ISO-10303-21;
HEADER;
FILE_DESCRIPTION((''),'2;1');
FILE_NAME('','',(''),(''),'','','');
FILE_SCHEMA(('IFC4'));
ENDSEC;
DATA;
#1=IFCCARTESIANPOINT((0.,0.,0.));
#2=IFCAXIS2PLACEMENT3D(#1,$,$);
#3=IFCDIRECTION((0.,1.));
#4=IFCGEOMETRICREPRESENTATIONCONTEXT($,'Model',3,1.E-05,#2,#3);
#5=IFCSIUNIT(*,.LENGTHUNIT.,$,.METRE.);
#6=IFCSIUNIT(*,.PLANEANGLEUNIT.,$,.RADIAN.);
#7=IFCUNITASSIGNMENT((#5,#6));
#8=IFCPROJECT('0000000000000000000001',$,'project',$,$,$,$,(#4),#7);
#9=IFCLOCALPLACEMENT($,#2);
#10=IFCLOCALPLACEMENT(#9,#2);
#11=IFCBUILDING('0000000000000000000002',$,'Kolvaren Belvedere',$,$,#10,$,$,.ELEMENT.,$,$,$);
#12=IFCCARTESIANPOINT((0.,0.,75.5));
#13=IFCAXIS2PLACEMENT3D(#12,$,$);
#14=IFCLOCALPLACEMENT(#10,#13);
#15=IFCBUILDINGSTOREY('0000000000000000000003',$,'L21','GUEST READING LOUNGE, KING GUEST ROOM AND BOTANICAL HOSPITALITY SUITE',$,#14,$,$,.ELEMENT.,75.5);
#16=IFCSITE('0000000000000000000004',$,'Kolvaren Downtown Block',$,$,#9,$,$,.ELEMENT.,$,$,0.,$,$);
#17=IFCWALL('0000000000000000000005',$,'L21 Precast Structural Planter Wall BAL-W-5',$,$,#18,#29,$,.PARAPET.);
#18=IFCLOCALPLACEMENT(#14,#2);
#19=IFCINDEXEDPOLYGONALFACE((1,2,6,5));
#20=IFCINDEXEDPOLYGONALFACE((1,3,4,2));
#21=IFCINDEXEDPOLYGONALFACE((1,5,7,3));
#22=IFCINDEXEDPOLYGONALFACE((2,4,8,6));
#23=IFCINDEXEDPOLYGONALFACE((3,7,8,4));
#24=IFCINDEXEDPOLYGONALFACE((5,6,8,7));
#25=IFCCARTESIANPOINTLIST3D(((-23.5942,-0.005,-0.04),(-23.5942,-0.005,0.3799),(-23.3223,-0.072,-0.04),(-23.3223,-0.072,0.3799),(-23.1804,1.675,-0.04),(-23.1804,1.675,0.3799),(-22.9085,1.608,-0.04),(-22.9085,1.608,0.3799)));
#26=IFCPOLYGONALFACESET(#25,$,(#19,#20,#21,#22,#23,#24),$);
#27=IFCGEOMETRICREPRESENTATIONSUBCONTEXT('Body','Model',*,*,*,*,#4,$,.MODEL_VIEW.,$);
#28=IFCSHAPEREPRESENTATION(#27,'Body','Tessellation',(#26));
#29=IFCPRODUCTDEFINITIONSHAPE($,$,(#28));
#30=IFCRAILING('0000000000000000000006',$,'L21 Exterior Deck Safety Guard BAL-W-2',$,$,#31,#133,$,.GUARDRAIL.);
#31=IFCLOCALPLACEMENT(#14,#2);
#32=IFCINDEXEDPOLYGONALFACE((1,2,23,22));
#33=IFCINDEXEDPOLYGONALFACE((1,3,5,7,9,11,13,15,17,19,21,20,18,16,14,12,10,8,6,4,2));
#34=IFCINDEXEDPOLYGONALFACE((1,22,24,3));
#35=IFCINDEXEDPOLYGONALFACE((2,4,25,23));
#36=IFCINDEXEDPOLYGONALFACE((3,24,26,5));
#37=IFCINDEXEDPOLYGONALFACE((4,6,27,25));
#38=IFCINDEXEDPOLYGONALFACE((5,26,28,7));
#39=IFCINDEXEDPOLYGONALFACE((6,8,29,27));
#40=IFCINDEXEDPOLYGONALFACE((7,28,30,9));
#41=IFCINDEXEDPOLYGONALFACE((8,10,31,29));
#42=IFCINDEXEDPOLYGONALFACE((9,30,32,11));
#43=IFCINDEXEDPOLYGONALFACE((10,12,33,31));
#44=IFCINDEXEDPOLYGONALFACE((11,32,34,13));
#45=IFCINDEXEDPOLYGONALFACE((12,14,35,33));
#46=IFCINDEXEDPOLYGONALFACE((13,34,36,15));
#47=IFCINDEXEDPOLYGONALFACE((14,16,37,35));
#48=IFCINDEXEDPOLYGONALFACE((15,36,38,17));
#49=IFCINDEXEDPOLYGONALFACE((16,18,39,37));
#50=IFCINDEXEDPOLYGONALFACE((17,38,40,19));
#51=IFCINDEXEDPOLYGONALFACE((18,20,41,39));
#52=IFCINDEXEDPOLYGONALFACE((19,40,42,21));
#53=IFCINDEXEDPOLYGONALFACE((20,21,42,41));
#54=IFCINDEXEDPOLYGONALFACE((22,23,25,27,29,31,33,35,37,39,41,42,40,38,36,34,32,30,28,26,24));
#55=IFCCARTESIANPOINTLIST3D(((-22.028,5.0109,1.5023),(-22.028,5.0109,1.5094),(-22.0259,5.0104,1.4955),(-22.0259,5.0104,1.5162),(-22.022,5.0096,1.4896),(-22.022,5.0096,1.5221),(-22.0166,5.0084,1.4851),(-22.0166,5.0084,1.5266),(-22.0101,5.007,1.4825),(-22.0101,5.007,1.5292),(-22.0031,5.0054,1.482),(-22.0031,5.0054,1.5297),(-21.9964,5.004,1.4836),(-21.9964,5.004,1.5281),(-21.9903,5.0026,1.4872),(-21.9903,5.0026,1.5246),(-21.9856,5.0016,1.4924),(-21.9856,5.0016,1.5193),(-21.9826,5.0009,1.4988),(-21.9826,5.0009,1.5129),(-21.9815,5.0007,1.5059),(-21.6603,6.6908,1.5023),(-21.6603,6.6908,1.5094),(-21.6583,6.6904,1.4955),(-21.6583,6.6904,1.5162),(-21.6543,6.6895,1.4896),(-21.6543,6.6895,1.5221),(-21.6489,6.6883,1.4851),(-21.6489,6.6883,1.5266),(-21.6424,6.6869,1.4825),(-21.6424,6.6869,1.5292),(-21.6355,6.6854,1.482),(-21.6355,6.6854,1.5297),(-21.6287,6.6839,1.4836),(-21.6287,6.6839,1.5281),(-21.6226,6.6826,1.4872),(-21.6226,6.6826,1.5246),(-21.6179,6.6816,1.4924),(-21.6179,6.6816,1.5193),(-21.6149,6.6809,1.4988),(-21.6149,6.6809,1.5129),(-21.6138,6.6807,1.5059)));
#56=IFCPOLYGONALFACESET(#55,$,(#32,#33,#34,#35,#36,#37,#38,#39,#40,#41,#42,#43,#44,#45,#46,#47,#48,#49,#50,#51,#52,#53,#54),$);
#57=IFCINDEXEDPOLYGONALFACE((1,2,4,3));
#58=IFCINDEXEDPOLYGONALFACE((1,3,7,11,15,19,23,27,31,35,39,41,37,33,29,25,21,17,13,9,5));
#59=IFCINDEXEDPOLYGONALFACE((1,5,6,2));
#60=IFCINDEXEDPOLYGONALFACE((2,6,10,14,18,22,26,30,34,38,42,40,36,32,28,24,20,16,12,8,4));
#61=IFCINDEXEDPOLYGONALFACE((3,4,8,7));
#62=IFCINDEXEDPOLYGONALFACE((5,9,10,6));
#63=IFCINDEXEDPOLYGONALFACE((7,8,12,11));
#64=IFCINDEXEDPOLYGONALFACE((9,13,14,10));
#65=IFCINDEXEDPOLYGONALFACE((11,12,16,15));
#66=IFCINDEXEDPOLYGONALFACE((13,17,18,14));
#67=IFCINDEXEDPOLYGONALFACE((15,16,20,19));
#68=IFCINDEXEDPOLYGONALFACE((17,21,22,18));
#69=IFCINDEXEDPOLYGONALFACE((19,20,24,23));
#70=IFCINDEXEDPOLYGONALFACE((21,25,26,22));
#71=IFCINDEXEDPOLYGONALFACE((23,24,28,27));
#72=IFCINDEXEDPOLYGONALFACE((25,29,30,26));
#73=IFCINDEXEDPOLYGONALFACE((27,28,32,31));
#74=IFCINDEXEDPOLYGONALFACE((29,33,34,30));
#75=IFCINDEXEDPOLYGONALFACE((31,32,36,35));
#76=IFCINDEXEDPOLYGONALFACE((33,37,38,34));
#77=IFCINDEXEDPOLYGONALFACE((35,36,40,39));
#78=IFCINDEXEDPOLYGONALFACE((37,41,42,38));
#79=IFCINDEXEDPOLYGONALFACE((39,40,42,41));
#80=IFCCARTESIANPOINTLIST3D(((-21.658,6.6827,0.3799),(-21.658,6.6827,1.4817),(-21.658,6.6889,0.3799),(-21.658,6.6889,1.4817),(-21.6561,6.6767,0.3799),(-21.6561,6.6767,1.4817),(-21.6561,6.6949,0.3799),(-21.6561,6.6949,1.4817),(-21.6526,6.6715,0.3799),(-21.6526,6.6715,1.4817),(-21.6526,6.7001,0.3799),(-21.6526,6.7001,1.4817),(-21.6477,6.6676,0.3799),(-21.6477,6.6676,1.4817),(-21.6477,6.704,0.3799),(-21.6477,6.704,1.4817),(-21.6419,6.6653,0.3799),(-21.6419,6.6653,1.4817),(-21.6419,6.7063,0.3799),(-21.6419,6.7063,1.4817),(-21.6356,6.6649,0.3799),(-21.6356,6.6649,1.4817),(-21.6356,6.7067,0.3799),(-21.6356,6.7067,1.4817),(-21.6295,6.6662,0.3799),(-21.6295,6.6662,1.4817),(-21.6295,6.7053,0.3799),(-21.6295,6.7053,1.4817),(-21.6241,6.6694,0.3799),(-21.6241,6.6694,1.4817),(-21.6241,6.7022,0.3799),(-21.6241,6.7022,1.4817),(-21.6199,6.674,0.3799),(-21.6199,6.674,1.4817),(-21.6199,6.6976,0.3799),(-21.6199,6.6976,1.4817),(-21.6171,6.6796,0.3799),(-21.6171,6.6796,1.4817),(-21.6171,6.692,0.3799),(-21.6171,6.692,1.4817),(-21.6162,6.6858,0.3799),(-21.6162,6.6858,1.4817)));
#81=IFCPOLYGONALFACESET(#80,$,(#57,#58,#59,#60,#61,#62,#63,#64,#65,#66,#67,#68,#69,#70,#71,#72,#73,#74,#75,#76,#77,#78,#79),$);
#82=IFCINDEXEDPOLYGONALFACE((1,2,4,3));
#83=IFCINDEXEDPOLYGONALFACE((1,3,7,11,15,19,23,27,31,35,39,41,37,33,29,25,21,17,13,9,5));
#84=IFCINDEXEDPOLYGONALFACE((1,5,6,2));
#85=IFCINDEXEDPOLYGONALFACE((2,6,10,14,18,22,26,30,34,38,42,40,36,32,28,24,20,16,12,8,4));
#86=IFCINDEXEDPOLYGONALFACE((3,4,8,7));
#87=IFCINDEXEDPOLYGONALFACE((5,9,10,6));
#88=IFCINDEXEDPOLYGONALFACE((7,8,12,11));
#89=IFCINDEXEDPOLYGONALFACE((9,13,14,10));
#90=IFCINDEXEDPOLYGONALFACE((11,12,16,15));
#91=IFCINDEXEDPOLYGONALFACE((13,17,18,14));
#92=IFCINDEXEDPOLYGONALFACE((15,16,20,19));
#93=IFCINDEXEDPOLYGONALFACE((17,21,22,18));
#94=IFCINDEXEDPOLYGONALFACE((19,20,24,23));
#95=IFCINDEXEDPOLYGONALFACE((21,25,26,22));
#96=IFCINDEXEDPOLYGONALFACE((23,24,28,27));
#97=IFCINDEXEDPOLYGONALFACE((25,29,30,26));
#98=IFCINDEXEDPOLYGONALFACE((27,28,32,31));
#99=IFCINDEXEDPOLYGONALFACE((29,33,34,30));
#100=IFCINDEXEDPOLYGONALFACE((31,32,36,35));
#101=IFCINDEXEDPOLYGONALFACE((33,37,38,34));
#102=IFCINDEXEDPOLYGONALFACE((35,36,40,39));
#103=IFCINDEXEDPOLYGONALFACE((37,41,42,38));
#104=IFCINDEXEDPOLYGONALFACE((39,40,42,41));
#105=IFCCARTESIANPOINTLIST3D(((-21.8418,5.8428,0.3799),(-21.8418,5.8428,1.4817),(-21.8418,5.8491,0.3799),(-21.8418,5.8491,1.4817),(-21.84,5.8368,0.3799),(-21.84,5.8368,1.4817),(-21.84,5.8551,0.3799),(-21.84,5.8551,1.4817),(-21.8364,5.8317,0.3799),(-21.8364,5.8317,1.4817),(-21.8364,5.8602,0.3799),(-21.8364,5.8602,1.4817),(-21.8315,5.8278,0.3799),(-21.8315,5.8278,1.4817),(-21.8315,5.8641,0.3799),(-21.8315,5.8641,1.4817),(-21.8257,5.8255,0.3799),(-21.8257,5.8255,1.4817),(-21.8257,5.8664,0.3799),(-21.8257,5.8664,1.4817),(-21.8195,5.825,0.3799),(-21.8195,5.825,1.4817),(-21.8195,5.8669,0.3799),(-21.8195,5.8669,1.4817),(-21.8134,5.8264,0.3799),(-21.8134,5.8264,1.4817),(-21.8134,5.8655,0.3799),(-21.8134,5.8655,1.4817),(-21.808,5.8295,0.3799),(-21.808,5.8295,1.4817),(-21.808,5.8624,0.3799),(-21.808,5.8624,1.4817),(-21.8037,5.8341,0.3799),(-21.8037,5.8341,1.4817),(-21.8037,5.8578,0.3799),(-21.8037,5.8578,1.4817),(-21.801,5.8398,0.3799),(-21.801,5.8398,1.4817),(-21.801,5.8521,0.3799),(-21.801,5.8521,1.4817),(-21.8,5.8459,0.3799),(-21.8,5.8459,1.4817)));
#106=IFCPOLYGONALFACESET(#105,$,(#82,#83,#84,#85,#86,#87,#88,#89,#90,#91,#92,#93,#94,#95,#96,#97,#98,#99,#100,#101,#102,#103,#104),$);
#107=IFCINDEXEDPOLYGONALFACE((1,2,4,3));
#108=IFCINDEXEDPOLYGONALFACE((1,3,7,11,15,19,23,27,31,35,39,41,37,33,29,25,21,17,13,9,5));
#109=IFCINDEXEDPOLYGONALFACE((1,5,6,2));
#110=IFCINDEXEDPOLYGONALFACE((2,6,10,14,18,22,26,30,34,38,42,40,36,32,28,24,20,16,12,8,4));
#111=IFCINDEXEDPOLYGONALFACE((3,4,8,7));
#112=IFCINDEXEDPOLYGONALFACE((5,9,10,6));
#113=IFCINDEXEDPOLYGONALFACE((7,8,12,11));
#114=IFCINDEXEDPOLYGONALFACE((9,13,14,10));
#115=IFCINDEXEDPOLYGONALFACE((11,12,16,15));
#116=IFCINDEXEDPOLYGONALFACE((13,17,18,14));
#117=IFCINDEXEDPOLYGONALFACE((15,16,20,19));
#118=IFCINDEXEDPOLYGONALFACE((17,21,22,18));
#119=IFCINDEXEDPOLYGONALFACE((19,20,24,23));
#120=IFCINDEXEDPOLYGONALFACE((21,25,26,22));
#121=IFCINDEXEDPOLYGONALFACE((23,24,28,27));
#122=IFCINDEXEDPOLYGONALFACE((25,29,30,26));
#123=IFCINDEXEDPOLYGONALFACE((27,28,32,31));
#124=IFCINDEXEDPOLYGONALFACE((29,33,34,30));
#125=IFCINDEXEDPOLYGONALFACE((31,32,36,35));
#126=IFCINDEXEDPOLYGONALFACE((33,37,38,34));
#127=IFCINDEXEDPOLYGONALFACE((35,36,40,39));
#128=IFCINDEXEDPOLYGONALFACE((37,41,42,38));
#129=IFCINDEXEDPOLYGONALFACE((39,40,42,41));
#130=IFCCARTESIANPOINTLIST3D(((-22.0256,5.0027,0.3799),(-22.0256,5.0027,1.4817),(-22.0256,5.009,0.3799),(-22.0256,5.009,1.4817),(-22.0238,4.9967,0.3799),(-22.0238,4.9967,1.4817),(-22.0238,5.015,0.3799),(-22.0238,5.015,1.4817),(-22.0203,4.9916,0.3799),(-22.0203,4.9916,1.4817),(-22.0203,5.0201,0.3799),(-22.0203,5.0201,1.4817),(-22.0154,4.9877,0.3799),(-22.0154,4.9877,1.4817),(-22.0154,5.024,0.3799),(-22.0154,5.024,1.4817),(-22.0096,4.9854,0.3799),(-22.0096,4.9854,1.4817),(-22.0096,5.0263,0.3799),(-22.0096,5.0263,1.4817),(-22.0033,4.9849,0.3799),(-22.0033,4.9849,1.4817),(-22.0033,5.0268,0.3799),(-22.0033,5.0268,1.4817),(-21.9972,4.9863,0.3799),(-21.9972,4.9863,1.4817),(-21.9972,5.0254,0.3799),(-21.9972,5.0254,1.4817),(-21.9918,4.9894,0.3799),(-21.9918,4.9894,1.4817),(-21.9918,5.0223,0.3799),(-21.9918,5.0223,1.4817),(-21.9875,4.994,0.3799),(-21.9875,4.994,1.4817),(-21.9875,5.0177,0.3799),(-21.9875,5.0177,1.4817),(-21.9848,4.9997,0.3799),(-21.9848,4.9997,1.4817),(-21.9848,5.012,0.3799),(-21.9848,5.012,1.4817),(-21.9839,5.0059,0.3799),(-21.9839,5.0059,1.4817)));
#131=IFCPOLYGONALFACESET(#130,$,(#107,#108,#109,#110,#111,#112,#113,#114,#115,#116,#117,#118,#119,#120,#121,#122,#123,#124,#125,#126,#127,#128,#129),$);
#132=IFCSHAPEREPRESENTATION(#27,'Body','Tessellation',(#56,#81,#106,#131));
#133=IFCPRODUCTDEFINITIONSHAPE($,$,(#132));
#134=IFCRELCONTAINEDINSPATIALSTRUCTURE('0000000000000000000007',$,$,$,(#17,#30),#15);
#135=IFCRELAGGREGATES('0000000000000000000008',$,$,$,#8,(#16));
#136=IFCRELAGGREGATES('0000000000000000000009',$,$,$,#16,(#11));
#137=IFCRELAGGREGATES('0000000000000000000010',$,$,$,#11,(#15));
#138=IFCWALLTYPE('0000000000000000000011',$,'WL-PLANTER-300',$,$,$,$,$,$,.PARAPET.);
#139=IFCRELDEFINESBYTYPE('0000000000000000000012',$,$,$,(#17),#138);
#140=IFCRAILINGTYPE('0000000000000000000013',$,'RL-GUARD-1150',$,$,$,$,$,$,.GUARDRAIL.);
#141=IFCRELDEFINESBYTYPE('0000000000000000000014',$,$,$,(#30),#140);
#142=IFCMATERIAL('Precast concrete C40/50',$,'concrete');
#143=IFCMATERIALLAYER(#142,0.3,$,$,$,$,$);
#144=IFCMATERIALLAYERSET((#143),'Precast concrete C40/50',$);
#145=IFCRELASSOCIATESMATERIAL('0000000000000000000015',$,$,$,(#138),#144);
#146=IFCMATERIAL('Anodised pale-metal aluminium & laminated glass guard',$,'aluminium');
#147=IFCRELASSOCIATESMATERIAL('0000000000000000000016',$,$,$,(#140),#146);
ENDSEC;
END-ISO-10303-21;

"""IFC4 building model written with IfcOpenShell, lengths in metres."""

from ifc_helpers import new_model, si_unit, direction, frame, frame_2d, origin, origin_2d, place, context, subcontext, project, spatial, rectangle, circle, extrude, material, layer, layer_set, type_object, element, save


model = new_model("IFC4")

# Units and contexts
model_context = context("Model", 3, precision=1e-05, world=origin(), true_north=direction((0.0, 1.0)))
body_context = subcontext(model_context, "Body", "Model", "MODEL_VIEW")
ifc_project = project(units=[si_unit("LENGTHUNIT", "METRE"), si_unit("PLANEANGLEUNIT", "RADIAN")], contexts=[model_context])

# Site, building, storey
site_placement = place(None, origin())
site = spatial("IfcSite", under=ifc_project, at=site_placement, Name="Kolvaren Downtown Block", CompositionType="ELEMENT", RefElevation=0.0)
building_placement = place(site_placement, origin())
building = spatial("IfcBuilding", under=site, at=building_placement, Name="Kolvaren Belvedere", CompositionType="ELEMENT")
storey_placement = place(building_placement, frame((0.0, 0.0, 75.5)))
storey = spatial("IfcBuildingStorey", under=building, at=storey_placement, Name="L21", Description="GUEST READING LOUNGE, KING GUEST ROOM AND BOTANICAL HOSPITALITY SUITE", CompositionType="ELEMENT", Elevation=75.5)

# Wall
ifc_material_1 = material(Name="Precast concrete C40/50", Category="concrete")
ifc_layer_1 = layer(ifc_material_1, 0.3)
ifc_layer_set_1 = layer_set([ifc_layer_1], Name="Precast concrete C40/50")
wall_type_1 = type_object("IfcWallType", Name="WL-PLANTER-300", PredefinedType="PARAPET", material=ifc_layer_set_1)
wall_1_placement = place(storey_placement, frame((-23.0444, 1.6416, -0.04), z_axis=(0.0, 0.0, 1.0), x_axis=(-0.239181, -0.970975, 0.0)))
element("IfcWall", 1, at=wall_1_placement, inside=storey, type_object=wall_type_1, Name="L21 Precast Structural Planter Wall BAL-W-5", PredefinedType="PARAPET", context=body_context, shape_type="SweptSolid", body=[
    extrude(rectangle(XDim=1.7302, YDim=0.28, at=frame_2d((0.8652, 0.0))), origin(), (0.0, 0.0, 1.0), 0.4199),
])

# Railing
ifc_material_2 = material(Name="Anodised pale-metal aluminium & laminated glass guard", Category="aluminium")
railing_type = type_object("IfcRailingType", Name="RL-GUARD-1150", PredefinedType="GUARDRAIL", material=ifc_material_2)
railing_1_placement = place(storey_placement, frame((-21.6372, 6.6858, 0.3799)))
element("IfcRailing", 2, at=railing_1_placement, inside=storey, type_object=railing_type, Name="L21 Exterior Deck Safety Guard BAL-W-2", PredefinedType="GUARDRAIL", context=body_context, shape_type="SweptSolid", body=[
    extrude(circle(Radius=0.0239, at=origin_2d()), frame((0.0, 0.0, 1.126), z_axis=(-0.213803, -0.976877, 0.0), x_axis=(0.976877, -0.213803, 0.0)), (0.0, 0.0, 1.0), 1.7197),
    extrude(circle(Radius=0.021, at=origin_2d()), origin(), (0.0, 0.0, 1.0), 1.1018),
    extrude(circle(Radius=0.021, at=origin_2d()), frame((-0.1838, -0.8398, 0.0)), (0.0, 0.0, 1.0), 1.1018),
    extrude(circle(Radius=0.021, at=origin_2d()), frame((-0.3677, -1.6799, 0.0)), (0.0, 0.0, 1.0), 1.1018),
])

save(model, "model.ifc")
